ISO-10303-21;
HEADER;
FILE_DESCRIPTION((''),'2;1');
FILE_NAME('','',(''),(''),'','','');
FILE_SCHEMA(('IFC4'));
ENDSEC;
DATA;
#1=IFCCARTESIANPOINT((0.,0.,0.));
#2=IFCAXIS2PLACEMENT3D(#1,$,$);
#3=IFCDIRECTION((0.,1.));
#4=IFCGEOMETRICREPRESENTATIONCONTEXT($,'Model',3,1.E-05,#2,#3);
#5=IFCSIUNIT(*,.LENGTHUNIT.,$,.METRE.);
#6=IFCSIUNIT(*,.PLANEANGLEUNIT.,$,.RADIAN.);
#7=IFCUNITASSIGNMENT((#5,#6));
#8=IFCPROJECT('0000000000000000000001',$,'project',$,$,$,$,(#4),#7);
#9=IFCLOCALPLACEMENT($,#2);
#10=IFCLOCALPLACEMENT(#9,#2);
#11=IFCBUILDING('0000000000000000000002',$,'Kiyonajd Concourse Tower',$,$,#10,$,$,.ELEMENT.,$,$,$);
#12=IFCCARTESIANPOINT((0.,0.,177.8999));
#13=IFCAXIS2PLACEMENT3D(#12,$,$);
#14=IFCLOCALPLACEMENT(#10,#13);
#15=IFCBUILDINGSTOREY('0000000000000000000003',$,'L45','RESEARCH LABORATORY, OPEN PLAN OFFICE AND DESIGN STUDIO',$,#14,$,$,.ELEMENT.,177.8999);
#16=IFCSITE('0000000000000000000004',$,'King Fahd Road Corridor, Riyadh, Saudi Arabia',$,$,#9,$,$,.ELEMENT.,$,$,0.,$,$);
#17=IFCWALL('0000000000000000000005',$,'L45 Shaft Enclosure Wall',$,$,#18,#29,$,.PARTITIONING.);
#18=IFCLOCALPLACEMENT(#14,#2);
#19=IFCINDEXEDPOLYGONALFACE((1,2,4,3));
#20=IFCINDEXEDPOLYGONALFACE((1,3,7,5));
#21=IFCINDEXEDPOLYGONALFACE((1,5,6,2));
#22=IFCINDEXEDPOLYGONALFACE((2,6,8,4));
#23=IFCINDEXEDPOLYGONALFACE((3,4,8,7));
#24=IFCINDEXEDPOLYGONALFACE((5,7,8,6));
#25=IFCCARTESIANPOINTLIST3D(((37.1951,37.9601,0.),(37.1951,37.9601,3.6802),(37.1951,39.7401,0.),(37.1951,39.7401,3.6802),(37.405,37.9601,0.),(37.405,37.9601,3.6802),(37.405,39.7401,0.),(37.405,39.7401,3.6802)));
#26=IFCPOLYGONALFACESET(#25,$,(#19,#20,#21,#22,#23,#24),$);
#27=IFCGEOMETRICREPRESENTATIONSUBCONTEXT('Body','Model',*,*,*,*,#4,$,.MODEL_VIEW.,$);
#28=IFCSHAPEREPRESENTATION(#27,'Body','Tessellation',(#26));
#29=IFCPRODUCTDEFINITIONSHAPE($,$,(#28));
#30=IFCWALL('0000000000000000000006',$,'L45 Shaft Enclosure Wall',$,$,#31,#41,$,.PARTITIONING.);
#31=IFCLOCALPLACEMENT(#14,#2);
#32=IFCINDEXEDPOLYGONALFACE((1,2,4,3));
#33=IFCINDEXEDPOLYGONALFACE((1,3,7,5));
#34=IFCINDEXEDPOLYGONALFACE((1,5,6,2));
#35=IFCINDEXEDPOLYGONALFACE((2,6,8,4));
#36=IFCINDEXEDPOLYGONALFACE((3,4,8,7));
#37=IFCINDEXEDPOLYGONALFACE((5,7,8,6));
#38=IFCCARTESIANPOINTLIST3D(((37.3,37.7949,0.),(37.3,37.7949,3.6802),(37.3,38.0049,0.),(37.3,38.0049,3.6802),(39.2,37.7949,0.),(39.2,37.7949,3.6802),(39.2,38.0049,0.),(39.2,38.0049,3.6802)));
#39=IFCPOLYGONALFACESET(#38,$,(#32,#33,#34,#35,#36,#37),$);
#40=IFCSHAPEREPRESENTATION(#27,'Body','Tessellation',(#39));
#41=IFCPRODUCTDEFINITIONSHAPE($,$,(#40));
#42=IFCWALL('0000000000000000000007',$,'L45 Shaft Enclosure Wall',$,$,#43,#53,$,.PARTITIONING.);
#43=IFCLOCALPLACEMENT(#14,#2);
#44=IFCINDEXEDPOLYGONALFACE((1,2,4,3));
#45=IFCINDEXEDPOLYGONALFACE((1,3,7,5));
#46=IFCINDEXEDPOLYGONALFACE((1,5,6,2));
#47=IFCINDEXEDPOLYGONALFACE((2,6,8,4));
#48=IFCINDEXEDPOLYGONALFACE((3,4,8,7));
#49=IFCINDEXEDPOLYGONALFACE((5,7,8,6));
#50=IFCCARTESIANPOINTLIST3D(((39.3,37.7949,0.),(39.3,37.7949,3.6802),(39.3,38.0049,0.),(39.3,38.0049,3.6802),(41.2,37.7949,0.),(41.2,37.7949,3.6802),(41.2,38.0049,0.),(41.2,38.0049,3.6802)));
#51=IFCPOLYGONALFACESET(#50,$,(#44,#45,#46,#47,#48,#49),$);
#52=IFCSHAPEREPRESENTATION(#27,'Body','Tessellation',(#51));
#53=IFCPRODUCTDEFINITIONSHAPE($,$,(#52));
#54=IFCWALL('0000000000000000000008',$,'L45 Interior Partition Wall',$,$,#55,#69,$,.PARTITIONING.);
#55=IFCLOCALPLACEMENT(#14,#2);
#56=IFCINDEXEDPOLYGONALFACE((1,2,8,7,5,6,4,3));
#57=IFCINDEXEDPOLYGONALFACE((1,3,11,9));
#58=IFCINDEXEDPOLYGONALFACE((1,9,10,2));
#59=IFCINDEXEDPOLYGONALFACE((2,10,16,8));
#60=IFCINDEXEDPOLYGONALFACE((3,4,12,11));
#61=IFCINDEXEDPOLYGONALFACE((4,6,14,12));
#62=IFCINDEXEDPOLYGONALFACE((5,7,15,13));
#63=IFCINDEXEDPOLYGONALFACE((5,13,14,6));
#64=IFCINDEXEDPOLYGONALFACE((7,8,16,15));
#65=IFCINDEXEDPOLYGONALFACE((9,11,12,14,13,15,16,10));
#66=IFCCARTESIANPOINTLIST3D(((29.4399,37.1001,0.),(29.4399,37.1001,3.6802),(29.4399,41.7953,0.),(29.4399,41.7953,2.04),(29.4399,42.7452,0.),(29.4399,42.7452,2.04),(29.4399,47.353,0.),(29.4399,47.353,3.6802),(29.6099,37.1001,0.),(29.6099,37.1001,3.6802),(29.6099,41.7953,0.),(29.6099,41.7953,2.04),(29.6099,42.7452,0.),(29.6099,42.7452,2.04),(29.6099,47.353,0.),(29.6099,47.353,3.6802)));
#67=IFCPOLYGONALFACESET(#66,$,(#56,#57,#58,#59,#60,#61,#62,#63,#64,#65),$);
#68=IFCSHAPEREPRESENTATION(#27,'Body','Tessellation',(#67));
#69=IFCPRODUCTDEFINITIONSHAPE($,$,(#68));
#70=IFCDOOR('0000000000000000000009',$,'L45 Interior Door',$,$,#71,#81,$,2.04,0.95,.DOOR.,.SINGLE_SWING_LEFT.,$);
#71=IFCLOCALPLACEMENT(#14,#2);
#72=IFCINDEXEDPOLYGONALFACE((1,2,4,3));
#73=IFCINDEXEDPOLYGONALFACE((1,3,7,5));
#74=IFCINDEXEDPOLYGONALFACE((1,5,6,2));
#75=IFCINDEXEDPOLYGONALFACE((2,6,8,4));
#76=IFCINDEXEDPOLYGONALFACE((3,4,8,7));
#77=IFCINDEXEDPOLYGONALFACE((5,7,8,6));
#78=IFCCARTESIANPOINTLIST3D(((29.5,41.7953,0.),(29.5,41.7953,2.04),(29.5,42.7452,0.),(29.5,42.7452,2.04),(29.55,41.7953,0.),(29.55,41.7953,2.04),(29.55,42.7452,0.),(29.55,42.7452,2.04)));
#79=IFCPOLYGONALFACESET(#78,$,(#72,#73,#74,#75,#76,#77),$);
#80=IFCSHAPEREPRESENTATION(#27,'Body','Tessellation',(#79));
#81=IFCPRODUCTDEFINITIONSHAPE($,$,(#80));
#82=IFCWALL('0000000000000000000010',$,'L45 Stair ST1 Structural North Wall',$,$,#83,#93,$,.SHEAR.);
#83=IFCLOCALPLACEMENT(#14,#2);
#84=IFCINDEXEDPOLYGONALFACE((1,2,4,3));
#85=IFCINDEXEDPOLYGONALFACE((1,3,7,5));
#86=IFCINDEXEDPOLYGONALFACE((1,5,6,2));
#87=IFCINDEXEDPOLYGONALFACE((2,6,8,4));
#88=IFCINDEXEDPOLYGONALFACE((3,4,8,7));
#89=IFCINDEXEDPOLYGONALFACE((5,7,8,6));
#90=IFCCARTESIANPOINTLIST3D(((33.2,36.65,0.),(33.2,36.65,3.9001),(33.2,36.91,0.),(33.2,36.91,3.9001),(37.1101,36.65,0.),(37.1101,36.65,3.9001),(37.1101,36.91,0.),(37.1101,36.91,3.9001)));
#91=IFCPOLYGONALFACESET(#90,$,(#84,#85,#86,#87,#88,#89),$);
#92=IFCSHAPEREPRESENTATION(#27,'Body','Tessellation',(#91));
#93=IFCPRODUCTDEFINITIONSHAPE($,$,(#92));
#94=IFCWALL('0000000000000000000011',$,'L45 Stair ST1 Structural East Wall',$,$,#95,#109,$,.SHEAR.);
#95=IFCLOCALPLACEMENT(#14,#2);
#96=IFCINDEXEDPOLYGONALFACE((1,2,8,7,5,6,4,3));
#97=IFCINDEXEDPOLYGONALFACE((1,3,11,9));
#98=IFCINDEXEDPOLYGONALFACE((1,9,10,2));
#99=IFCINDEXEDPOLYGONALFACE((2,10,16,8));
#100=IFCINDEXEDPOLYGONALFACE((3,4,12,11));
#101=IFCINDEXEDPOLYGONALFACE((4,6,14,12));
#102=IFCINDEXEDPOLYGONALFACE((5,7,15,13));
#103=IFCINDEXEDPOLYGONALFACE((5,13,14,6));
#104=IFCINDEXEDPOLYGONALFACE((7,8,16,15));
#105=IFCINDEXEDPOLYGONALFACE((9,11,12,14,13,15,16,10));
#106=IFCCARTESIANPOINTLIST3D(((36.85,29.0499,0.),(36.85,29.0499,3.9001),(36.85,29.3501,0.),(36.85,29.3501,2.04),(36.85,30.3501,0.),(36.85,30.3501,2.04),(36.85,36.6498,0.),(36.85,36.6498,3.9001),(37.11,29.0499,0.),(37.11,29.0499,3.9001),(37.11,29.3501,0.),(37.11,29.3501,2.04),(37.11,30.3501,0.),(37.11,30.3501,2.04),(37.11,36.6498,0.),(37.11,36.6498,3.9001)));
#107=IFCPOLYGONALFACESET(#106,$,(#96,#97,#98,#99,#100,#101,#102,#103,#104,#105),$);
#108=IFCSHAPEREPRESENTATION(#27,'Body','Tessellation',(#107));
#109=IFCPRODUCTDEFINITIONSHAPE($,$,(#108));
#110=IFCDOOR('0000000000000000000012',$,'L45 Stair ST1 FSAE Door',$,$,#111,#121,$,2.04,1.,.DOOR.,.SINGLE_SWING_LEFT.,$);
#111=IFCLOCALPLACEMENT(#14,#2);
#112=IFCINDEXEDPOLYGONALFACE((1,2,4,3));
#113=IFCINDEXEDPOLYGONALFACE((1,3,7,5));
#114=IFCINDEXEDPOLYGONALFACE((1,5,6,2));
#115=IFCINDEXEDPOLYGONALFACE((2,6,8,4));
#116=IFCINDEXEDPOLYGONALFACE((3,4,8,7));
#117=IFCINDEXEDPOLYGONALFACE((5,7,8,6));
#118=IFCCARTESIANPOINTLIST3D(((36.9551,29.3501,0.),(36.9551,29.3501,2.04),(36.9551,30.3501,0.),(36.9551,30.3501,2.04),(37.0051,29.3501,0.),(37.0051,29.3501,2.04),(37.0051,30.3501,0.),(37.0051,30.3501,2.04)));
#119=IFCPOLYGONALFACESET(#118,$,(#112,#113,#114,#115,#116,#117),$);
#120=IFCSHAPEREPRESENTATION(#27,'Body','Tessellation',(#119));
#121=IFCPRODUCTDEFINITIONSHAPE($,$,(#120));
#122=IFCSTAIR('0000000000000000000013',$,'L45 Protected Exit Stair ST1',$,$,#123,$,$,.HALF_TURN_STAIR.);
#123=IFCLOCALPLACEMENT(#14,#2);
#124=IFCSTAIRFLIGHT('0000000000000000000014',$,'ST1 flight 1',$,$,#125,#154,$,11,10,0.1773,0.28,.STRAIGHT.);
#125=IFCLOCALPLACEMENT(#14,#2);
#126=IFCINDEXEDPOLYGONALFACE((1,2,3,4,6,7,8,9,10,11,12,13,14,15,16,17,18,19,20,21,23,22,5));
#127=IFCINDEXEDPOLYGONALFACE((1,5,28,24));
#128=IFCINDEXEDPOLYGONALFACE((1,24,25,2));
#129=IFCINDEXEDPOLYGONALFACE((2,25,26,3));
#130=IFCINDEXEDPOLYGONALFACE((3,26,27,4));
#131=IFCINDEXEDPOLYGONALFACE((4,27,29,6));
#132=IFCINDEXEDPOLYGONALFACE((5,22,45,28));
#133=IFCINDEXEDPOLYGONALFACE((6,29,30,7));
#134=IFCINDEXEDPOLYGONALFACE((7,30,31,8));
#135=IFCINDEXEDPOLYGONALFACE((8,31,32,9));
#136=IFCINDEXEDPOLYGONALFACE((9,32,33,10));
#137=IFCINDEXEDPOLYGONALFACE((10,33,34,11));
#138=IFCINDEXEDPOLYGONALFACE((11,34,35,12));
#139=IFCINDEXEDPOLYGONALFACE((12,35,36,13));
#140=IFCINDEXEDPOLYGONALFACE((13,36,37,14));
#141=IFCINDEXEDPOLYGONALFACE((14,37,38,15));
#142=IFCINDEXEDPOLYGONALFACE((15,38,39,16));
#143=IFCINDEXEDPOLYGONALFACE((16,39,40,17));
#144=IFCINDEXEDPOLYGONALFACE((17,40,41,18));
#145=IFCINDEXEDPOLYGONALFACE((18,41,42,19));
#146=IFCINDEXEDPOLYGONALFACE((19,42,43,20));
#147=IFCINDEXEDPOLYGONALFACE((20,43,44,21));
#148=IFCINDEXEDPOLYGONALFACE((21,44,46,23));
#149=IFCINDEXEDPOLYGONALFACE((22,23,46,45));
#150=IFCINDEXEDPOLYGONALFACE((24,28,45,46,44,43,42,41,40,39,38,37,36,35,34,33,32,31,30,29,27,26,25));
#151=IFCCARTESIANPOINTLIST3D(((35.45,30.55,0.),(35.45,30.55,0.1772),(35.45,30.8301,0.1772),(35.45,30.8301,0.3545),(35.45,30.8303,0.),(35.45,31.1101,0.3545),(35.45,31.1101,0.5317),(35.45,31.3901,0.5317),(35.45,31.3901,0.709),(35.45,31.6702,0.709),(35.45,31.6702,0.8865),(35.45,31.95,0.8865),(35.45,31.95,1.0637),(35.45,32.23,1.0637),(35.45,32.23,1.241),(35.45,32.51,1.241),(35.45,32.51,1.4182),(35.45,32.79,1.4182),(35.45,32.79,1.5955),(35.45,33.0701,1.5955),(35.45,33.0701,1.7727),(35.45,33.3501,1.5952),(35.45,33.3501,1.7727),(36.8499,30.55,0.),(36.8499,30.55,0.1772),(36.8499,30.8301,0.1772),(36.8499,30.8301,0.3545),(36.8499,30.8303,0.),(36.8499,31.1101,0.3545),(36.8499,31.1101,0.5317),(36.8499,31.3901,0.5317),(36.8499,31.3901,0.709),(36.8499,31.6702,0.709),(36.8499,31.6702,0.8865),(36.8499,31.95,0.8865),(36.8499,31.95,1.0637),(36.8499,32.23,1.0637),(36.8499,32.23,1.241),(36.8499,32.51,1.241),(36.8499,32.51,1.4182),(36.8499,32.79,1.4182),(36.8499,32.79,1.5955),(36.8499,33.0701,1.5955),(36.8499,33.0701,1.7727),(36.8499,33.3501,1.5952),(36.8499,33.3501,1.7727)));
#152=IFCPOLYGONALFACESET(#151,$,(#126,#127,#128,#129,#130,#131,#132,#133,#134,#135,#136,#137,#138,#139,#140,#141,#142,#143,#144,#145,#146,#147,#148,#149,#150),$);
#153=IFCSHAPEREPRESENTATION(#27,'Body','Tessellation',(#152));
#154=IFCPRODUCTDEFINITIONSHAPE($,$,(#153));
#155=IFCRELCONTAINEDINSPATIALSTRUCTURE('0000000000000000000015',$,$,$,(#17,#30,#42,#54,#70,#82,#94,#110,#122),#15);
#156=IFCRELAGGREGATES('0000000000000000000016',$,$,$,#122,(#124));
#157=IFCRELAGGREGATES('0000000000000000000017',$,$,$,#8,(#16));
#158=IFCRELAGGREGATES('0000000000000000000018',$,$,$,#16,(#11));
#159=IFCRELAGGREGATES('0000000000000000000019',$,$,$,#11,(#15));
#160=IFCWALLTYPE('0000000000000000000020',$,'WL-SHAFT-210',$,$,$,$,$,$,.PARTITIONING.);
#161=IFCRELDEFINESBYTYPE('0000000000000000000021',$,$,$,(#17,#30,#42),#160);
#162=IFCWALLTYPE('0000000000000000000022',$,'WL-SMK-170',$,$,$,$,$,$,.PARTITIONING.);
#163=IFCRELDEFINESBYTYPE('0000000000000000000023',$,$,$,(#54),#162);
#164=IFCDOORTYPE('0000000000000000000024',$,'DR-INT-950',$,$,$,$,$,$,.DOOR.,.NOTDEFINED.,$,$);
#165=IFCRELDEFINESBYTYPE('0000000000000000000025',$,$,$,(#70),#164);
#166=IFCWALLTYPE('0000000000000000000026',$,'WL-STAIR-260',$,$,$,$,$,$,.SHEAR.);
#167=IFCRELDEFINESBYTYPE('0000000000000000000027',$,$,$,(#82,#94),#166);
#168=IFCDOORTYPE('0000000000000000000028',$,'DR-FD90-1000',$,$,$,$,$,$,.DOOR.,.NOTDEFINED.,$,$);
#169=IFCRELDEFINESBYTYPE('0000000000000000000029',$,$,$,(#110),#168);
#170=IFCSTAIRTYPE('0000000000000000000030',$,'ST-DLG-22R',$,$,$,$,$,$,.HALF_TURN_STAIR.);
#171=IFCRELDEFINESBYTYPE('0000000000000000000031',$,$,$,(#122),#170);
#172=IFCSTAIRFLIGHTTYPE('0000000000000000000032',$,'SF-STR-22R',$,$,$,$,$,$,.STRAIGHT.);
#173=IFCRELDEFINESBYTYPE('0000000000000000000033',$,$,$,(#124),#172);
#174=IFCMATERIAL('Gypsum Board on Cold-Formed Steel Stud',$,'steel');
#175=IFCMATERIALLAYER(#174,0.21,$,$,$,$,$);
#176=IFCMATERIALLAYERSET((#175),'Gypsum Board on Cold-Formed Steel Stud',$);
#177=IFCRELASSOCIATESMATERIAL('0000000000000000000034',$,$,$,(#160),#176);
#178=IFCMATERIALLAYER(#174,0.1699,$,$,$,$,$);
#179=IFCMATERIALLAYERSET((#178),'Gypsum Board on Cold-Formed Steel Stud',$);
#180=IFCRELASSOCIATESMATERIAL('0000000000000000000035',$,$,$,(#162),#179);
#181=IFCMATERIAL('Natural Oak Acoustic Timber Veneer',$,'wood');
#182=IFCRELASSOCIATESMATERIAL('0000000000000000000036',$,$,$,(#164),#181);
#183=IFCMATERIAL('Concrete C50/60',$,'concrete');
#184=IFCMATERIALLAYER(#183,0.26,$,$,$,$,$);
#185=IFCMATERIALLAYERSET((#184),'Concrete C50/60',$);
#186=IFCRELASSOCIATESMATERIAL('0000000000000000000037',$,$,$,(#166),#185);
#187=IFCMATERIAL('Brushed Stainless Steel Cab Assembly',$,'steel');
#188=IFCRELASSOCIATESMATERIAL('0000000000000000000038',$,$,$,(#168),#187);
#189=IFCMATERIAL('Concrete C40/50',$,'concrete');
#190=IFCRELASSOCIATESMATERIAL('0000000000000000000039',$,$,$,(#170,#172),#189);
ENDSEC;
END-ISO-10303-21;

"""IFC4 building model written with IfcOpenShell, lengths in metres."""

from ifc_helpers import new_model, si_unit, direction, frame, frame_2d, origin, place, context, subcontext, project, spatial, polyline, rectangle, outline, extrude, material, layer, layer_set, type_object, element, fill, aggregate, save


model = new_model("IFC4")

# Units and contexts
model_context = context("Model", 3, precision=1e-05, world=origin(), true_north=direction((0.0, 1.0)))
body_context = subcontext(model_context, "Body", "Model", "MODEL_VIEW")
ifc_project = project(units=[si_unit("LENGTHUNIT", "METRE"), si_unit("PLANEANGLEUNIT", "RADIAN")], contexts=[model_context])

# Site, building, storey
site_placement = place(None, origin())
site = spatial("IfcSite", under=ifc_project, at=site_placement, Name="King Fahd Road Corridor, Riyadh, Saudi Arabia", CompositionType="ELEMENT", RefElevation=0.0)
building_placement = place(site_placement, origin())
building = spatial("IfcBuilding", under=site, at=building_placement, Name="Kiyonajd Concourse Tower", CompositionType="ELEMENT")
storey_placement = place(building_placement, frame((0.0, 0.0, 177.8999)))
storey = spatial("IfcBuildingStorey", under=building, at=storey_placement, Name="L45", Description="RESEARCH LABORATORY, OPEN PLAN OFFICE AND DESIGN STUDIO", CompositionType="ELEMENT", Elevation=177.8999)

# Shared definitions
ifc_material_1 = material(Name="Concrete C50/60", Category="concrete")

# Shared definitions
ifc_material_2 = material(Name="Gypsum Board on Cold-Formed Steel Stud", Category="steel")
ifc_layer_1 = layer(ifc_material_2, 0.21)
ifc_layer_set_1 = layer_set([ifc_layer_1], Name="Gypsum Board on Cold-Formed Steel Stud")
wall_type_1 = type_object("IfcWallType", Name="WL-SHAFT-210", PredefinedType="PARTITIONING", material=ifc_layer_set_1)
ifc_material_3 = material(Name="Brushed Stainless Steel Cab Assembly", Category="steel")

# Walls
wall_1_placement = place(storey_placement, frame((37.3, 37.96, 0.0), z_axis=(0.0, 0.0, 1.0), x_axis=(0.0, 1.0, 0.0)))
element("IfcWall", 1, at=wall_1_placement, inside=storey, type_object=wall_type_1, Name="L45 Shaft Enclosure Wall", PredefinedType="PARTITIONING", context=body_context, shape_type="SweptSolid", body=[
    extrude(rectangle(XDim=1.78, YDim=0.21, at=frame_2d((0.8901, 0.0))), origin(), (0.0, 0.0, 1.0), 3.6802),
])
for number, where, z_axis, x_axis, name in (
    (2, (37.3, 37.8999, 0.0), (0.0, 0.0, 1.0), (1.0, 0.0, 0.0), "L45 Shaft Enclosure Wall"),
    (3, (39.3, 37.8999, 0.0), (0.0, 0.0, 1.0), (1.0, 0.0, 0.0), "L45 Shaft Enclosure Wall"),
):
    element("IfcWall", number, at=place(storey_placement, frame(where, z_axis=z_axis, x_axis=x_axis)), inside=storey, type_object=wall_type_1, Name=name, PredefinedType="PARTITIONING", context=body_context, shape_type="SweptSolid", body=[
        extrude(rectangle(XDim=1.8999, YDim=0.21, at=frame_2d((0.95, 0.0))), origin(), (0.0, 0.0, 1.0), 3.6802),
    ])

# Wall, opening, door
ifc_layer_2 = layer(ifc_material_2, 0.1699)
ifc_layer_set_2 = layer_set([ifc_layer_2], Name="Gypsum Board on Cold-Formed Steel Stud")
wall_type_2 = type_object("IfcWallType", Name="WL-SMK-170", PredefinedType="PARTITIONING", material=ifc_layer_set_2)
wall_2_placement = place(storey_placement, frame((29.5249, 37.1001, 0.0), z_axis=(0.0, 0.0, 1.0), x_axis=(0.0, 1.0, 0.0)))
wall_2 = element("IfcWall", 4, at=wall_2_placement, inside=storey, type_object=wall_type_2, Name="L45 Interior Partition Wall", PredefinedType="PARTITIONING", context=body_context, shape_type="SweptSolid", body=[
    extrude(rectangle(XDim=10.2529, YDim=0.1699, at=frame_2d((5.1265, 0.0))), origin(), (0.0, 0.0, 1.0), 3.6802),
])
opening_1_placement = place(wall_2_placement, frame((4.6951, 0.0, 0.0)))
opening_1 = element("IfcOpeningElement", 5, at=opening_1_placement, cuts=wall_2, PredefinedType="OPENING", context=body_context, shape_type="SweptSolid", body=[
    extrude(rectangle(XDim=0.95, YDim=2.04, at=frame_2d((0.4751, 1.02))), frame((0.0, 0.095, 0.0), z_axis=(0.0, -1.0, 0.0), x_axis=(1.0, 0.0, 0.0)), (0.0, 0.0, 1.0), 0.1899),
])
ifc_material_4 = material(Name="Natural Oak Acoustic Timber Veneer", Category="wood")
door_type_1 = type_object("IfcDoorType", Name="DR-INT-950", OperationType="NOTDEFINED", PredefinedType="DOOR", material=ifc_material_4)
door_1_placement = place(opening_1_placement, origin())
door_1 = element("IfcDoor", 6, at=door_1_placement, inside=storey, type_object=door_type_1, Name="L45 Interior Door", OperationType="SINGLE_SWING_LEFT", OverallHeight=2.04, OverallWidth=0.95, PredefinedType="DOOR", context=body_context, shape_type="SweptSolid", body=[
    extrude(rectangle(XDim=0.95, YDim=2.04, at=frame_2d((0.4751, 1.02))), frame((0.0, 0.0249, 0.0), z_axis=(0.0, -1.0, 0.0), x_axis=(1.0, 0.0, 0.0)), (0.0, 0.0, 1.0), 0.05),
])
fill(opening_1, door_1)

# Wall
ifc_layer_3 = layer(ifc_material_1, 0.26)
ifc_layer_set_3 = layer_set([ifc_layer_3], Name="Concrete C50/60")
wall_type_3 = type_object("IfcWallType", Name="WL-STAIR-260", PredefinedType="SHEAR", material=ifc_layer_set_3)
wall_3_placement = place(storey_placement, frame((33.2, 36.78, 0.0), z_axis=(0.0, 0.0, 1.0), x_axis=(1.0, 0.0, 0.0)))
element("IfcWall", 7, at=wall_3_placement, inside=storey, type_object=wall_type_3, Name="L45 Stair ST1 Structural North Wall", PredefinedType="SHEAR", context=body_context, shape_type="SweptSolid", body=[
    extrude(rectangle(XDim=3.9102, YDim=0.26, at=frame_2d((1.9551, 0.0))), origin(), (0.0, 0.0, 1.0), 3.9001),
])

# Wall, opening, door
wall_4_placement = place(storey_placement, frame((36.98, 29.05, 0.0), z_axis=(0.0, 0.0, 1.0), x_axis=(0.0, 1.0, 0.0)))
wall_4 = element("IfcWall", 8, at=wall_4_placement, inside=storey, type_object=wall_type_3, Name="L45 Stair ST1 Structural East Wall", PredefinedType="SHEAR", context=body_context, shape_type="SweptSolid", body=[
    extrude(rectangle(XDim=7.5999, YDim=0.26, at=frame_2d((3.7998, 0.0))), origin(), (0.0, 0.0, 1.0), 3.9001),
])
opening_2_placement = place(wall_4_placement, frame((0.3, 0.0, 0.0)))
opening_2 = element("IfcOpeningElement", 9, at=opening_2_placement, cuts=wall_4, PredefinedType="OPENING", context=body_context, shape_type="SweptSolid", body=[
    extrude(rectangle(XDim=1.0, YDim=2.04, at=frame_2d((0.5, 1.02))), frame((0.0, 0.1399, 0.0), z_axis=(0.0, -1.0, 0.0), x_axis=(1.0, 0.0, 0.0)), (0.0, 0.0, 1.0), 0.28),
])
door_type_2 = type_object("IfcDoorType", Name="DR-FD90-1000", OperationType="NOTDEFINED", PredefinedType="DOOR", material=ifc_material_3)
door_2_placement = place(opening_2_placement, origin())
door_2 = element("IfcDoor", 10, at=door_2_placement, inside=storey, type_object=door_type_2, Name="L45 Stair ST1 FSAE Door", OperationType="SINGLE_SWING_LEFT", OverallHeight=2.04, OverallWidth=1.0, PredefinedType="DOOR", context=body_context, shape_type="SweptSolid", body=[
    extrude(rectangle(XDim=1.0, YDim=2.04, at=frame_2d((0.5, 1.02))), frame((0.0, 0.0249, 0.0), z_axis=(0.0, -1.0, 0.0), x_axis=(1.0, 0.0, 0.0)), (0.0, 0.0, 1.0), 0.05),
])
fill(opening_2, door_2)

# Stair, stair flight
ifc_material_5 = material(Name="Concrete C40/50", Category="concrete")
stair_type = type_object("IfcStairType", Name="ST-DLG-22R", PredefinedType="HALF_TURN_STAIR", material=ifc_material_5)
stair_placement = place(storey_placement, origin())
stair = element("IfcStair", 11, at=stair_placement, inside=storey, type_object=stair_type, Name="L45 Protected Exit Stair ST1", PredefinedType="HALF_TURN_STAIR")
stair_flight_type = type_object("IfcStairFlightType", Name="SF-STR-22R", PredefinedType="STRAIGHT", material=ifc_material_5)
stair_flight_1_placement = place(storey_placement, frame((36.1499, 30.55, 0.0), z_axis=(0.0, 0.0, 1.0), x_axis=(0.0, 1.0, 0.0)))
stair_flight_1 = element("IfcStairFlight", 12, at=stair_flight_1_placement, type_object=stair_flight_type, Name="ST1 flight 1", NumberOfRisers=11, NumberOfTreads=10, PredefinedType="STRAIGHT", RiserHeight=0.1773, TreadLength=0.28, context=body_context, shape_type="SweptSolid", body=[
    extrude(outline(polyline([(0.0, 0.0), (0.0, 0.1772), (0.28, 0.1772), (0.28, 0.3545), (0.5601, 0.3545), (0.5601, 0.5317), (0.8401, 0.5317), (0.8401, 0.709), (1.1201, 0.709), (1.1201, 0.8865), (1.3999, 0.8865), (1.3999, 1.0637), (1.6799, 1.0637), (1.6799, 1.241), (1.96, 1.241), (1.96, 1.4182), (2.24, 1.4182), (2.24, 1.5955), (2.52, 1.5955), (2.52, 1.7727), (2.8, 1.7727), (2.8, 1.95), (2.8, 1.5952), (0.2803, 0.0), (0.0, 0.0)])), frame((0.0, 0.7, 0.0), z_axis=(0.0, -1.0, 0.0), x_axis=(1.0, 0.0, 0.0)), (0.0, 0.0, 1.0), 1.3999),
])
aggregate(stair, [stair_flight_1])

save(model, "model.ifc")
